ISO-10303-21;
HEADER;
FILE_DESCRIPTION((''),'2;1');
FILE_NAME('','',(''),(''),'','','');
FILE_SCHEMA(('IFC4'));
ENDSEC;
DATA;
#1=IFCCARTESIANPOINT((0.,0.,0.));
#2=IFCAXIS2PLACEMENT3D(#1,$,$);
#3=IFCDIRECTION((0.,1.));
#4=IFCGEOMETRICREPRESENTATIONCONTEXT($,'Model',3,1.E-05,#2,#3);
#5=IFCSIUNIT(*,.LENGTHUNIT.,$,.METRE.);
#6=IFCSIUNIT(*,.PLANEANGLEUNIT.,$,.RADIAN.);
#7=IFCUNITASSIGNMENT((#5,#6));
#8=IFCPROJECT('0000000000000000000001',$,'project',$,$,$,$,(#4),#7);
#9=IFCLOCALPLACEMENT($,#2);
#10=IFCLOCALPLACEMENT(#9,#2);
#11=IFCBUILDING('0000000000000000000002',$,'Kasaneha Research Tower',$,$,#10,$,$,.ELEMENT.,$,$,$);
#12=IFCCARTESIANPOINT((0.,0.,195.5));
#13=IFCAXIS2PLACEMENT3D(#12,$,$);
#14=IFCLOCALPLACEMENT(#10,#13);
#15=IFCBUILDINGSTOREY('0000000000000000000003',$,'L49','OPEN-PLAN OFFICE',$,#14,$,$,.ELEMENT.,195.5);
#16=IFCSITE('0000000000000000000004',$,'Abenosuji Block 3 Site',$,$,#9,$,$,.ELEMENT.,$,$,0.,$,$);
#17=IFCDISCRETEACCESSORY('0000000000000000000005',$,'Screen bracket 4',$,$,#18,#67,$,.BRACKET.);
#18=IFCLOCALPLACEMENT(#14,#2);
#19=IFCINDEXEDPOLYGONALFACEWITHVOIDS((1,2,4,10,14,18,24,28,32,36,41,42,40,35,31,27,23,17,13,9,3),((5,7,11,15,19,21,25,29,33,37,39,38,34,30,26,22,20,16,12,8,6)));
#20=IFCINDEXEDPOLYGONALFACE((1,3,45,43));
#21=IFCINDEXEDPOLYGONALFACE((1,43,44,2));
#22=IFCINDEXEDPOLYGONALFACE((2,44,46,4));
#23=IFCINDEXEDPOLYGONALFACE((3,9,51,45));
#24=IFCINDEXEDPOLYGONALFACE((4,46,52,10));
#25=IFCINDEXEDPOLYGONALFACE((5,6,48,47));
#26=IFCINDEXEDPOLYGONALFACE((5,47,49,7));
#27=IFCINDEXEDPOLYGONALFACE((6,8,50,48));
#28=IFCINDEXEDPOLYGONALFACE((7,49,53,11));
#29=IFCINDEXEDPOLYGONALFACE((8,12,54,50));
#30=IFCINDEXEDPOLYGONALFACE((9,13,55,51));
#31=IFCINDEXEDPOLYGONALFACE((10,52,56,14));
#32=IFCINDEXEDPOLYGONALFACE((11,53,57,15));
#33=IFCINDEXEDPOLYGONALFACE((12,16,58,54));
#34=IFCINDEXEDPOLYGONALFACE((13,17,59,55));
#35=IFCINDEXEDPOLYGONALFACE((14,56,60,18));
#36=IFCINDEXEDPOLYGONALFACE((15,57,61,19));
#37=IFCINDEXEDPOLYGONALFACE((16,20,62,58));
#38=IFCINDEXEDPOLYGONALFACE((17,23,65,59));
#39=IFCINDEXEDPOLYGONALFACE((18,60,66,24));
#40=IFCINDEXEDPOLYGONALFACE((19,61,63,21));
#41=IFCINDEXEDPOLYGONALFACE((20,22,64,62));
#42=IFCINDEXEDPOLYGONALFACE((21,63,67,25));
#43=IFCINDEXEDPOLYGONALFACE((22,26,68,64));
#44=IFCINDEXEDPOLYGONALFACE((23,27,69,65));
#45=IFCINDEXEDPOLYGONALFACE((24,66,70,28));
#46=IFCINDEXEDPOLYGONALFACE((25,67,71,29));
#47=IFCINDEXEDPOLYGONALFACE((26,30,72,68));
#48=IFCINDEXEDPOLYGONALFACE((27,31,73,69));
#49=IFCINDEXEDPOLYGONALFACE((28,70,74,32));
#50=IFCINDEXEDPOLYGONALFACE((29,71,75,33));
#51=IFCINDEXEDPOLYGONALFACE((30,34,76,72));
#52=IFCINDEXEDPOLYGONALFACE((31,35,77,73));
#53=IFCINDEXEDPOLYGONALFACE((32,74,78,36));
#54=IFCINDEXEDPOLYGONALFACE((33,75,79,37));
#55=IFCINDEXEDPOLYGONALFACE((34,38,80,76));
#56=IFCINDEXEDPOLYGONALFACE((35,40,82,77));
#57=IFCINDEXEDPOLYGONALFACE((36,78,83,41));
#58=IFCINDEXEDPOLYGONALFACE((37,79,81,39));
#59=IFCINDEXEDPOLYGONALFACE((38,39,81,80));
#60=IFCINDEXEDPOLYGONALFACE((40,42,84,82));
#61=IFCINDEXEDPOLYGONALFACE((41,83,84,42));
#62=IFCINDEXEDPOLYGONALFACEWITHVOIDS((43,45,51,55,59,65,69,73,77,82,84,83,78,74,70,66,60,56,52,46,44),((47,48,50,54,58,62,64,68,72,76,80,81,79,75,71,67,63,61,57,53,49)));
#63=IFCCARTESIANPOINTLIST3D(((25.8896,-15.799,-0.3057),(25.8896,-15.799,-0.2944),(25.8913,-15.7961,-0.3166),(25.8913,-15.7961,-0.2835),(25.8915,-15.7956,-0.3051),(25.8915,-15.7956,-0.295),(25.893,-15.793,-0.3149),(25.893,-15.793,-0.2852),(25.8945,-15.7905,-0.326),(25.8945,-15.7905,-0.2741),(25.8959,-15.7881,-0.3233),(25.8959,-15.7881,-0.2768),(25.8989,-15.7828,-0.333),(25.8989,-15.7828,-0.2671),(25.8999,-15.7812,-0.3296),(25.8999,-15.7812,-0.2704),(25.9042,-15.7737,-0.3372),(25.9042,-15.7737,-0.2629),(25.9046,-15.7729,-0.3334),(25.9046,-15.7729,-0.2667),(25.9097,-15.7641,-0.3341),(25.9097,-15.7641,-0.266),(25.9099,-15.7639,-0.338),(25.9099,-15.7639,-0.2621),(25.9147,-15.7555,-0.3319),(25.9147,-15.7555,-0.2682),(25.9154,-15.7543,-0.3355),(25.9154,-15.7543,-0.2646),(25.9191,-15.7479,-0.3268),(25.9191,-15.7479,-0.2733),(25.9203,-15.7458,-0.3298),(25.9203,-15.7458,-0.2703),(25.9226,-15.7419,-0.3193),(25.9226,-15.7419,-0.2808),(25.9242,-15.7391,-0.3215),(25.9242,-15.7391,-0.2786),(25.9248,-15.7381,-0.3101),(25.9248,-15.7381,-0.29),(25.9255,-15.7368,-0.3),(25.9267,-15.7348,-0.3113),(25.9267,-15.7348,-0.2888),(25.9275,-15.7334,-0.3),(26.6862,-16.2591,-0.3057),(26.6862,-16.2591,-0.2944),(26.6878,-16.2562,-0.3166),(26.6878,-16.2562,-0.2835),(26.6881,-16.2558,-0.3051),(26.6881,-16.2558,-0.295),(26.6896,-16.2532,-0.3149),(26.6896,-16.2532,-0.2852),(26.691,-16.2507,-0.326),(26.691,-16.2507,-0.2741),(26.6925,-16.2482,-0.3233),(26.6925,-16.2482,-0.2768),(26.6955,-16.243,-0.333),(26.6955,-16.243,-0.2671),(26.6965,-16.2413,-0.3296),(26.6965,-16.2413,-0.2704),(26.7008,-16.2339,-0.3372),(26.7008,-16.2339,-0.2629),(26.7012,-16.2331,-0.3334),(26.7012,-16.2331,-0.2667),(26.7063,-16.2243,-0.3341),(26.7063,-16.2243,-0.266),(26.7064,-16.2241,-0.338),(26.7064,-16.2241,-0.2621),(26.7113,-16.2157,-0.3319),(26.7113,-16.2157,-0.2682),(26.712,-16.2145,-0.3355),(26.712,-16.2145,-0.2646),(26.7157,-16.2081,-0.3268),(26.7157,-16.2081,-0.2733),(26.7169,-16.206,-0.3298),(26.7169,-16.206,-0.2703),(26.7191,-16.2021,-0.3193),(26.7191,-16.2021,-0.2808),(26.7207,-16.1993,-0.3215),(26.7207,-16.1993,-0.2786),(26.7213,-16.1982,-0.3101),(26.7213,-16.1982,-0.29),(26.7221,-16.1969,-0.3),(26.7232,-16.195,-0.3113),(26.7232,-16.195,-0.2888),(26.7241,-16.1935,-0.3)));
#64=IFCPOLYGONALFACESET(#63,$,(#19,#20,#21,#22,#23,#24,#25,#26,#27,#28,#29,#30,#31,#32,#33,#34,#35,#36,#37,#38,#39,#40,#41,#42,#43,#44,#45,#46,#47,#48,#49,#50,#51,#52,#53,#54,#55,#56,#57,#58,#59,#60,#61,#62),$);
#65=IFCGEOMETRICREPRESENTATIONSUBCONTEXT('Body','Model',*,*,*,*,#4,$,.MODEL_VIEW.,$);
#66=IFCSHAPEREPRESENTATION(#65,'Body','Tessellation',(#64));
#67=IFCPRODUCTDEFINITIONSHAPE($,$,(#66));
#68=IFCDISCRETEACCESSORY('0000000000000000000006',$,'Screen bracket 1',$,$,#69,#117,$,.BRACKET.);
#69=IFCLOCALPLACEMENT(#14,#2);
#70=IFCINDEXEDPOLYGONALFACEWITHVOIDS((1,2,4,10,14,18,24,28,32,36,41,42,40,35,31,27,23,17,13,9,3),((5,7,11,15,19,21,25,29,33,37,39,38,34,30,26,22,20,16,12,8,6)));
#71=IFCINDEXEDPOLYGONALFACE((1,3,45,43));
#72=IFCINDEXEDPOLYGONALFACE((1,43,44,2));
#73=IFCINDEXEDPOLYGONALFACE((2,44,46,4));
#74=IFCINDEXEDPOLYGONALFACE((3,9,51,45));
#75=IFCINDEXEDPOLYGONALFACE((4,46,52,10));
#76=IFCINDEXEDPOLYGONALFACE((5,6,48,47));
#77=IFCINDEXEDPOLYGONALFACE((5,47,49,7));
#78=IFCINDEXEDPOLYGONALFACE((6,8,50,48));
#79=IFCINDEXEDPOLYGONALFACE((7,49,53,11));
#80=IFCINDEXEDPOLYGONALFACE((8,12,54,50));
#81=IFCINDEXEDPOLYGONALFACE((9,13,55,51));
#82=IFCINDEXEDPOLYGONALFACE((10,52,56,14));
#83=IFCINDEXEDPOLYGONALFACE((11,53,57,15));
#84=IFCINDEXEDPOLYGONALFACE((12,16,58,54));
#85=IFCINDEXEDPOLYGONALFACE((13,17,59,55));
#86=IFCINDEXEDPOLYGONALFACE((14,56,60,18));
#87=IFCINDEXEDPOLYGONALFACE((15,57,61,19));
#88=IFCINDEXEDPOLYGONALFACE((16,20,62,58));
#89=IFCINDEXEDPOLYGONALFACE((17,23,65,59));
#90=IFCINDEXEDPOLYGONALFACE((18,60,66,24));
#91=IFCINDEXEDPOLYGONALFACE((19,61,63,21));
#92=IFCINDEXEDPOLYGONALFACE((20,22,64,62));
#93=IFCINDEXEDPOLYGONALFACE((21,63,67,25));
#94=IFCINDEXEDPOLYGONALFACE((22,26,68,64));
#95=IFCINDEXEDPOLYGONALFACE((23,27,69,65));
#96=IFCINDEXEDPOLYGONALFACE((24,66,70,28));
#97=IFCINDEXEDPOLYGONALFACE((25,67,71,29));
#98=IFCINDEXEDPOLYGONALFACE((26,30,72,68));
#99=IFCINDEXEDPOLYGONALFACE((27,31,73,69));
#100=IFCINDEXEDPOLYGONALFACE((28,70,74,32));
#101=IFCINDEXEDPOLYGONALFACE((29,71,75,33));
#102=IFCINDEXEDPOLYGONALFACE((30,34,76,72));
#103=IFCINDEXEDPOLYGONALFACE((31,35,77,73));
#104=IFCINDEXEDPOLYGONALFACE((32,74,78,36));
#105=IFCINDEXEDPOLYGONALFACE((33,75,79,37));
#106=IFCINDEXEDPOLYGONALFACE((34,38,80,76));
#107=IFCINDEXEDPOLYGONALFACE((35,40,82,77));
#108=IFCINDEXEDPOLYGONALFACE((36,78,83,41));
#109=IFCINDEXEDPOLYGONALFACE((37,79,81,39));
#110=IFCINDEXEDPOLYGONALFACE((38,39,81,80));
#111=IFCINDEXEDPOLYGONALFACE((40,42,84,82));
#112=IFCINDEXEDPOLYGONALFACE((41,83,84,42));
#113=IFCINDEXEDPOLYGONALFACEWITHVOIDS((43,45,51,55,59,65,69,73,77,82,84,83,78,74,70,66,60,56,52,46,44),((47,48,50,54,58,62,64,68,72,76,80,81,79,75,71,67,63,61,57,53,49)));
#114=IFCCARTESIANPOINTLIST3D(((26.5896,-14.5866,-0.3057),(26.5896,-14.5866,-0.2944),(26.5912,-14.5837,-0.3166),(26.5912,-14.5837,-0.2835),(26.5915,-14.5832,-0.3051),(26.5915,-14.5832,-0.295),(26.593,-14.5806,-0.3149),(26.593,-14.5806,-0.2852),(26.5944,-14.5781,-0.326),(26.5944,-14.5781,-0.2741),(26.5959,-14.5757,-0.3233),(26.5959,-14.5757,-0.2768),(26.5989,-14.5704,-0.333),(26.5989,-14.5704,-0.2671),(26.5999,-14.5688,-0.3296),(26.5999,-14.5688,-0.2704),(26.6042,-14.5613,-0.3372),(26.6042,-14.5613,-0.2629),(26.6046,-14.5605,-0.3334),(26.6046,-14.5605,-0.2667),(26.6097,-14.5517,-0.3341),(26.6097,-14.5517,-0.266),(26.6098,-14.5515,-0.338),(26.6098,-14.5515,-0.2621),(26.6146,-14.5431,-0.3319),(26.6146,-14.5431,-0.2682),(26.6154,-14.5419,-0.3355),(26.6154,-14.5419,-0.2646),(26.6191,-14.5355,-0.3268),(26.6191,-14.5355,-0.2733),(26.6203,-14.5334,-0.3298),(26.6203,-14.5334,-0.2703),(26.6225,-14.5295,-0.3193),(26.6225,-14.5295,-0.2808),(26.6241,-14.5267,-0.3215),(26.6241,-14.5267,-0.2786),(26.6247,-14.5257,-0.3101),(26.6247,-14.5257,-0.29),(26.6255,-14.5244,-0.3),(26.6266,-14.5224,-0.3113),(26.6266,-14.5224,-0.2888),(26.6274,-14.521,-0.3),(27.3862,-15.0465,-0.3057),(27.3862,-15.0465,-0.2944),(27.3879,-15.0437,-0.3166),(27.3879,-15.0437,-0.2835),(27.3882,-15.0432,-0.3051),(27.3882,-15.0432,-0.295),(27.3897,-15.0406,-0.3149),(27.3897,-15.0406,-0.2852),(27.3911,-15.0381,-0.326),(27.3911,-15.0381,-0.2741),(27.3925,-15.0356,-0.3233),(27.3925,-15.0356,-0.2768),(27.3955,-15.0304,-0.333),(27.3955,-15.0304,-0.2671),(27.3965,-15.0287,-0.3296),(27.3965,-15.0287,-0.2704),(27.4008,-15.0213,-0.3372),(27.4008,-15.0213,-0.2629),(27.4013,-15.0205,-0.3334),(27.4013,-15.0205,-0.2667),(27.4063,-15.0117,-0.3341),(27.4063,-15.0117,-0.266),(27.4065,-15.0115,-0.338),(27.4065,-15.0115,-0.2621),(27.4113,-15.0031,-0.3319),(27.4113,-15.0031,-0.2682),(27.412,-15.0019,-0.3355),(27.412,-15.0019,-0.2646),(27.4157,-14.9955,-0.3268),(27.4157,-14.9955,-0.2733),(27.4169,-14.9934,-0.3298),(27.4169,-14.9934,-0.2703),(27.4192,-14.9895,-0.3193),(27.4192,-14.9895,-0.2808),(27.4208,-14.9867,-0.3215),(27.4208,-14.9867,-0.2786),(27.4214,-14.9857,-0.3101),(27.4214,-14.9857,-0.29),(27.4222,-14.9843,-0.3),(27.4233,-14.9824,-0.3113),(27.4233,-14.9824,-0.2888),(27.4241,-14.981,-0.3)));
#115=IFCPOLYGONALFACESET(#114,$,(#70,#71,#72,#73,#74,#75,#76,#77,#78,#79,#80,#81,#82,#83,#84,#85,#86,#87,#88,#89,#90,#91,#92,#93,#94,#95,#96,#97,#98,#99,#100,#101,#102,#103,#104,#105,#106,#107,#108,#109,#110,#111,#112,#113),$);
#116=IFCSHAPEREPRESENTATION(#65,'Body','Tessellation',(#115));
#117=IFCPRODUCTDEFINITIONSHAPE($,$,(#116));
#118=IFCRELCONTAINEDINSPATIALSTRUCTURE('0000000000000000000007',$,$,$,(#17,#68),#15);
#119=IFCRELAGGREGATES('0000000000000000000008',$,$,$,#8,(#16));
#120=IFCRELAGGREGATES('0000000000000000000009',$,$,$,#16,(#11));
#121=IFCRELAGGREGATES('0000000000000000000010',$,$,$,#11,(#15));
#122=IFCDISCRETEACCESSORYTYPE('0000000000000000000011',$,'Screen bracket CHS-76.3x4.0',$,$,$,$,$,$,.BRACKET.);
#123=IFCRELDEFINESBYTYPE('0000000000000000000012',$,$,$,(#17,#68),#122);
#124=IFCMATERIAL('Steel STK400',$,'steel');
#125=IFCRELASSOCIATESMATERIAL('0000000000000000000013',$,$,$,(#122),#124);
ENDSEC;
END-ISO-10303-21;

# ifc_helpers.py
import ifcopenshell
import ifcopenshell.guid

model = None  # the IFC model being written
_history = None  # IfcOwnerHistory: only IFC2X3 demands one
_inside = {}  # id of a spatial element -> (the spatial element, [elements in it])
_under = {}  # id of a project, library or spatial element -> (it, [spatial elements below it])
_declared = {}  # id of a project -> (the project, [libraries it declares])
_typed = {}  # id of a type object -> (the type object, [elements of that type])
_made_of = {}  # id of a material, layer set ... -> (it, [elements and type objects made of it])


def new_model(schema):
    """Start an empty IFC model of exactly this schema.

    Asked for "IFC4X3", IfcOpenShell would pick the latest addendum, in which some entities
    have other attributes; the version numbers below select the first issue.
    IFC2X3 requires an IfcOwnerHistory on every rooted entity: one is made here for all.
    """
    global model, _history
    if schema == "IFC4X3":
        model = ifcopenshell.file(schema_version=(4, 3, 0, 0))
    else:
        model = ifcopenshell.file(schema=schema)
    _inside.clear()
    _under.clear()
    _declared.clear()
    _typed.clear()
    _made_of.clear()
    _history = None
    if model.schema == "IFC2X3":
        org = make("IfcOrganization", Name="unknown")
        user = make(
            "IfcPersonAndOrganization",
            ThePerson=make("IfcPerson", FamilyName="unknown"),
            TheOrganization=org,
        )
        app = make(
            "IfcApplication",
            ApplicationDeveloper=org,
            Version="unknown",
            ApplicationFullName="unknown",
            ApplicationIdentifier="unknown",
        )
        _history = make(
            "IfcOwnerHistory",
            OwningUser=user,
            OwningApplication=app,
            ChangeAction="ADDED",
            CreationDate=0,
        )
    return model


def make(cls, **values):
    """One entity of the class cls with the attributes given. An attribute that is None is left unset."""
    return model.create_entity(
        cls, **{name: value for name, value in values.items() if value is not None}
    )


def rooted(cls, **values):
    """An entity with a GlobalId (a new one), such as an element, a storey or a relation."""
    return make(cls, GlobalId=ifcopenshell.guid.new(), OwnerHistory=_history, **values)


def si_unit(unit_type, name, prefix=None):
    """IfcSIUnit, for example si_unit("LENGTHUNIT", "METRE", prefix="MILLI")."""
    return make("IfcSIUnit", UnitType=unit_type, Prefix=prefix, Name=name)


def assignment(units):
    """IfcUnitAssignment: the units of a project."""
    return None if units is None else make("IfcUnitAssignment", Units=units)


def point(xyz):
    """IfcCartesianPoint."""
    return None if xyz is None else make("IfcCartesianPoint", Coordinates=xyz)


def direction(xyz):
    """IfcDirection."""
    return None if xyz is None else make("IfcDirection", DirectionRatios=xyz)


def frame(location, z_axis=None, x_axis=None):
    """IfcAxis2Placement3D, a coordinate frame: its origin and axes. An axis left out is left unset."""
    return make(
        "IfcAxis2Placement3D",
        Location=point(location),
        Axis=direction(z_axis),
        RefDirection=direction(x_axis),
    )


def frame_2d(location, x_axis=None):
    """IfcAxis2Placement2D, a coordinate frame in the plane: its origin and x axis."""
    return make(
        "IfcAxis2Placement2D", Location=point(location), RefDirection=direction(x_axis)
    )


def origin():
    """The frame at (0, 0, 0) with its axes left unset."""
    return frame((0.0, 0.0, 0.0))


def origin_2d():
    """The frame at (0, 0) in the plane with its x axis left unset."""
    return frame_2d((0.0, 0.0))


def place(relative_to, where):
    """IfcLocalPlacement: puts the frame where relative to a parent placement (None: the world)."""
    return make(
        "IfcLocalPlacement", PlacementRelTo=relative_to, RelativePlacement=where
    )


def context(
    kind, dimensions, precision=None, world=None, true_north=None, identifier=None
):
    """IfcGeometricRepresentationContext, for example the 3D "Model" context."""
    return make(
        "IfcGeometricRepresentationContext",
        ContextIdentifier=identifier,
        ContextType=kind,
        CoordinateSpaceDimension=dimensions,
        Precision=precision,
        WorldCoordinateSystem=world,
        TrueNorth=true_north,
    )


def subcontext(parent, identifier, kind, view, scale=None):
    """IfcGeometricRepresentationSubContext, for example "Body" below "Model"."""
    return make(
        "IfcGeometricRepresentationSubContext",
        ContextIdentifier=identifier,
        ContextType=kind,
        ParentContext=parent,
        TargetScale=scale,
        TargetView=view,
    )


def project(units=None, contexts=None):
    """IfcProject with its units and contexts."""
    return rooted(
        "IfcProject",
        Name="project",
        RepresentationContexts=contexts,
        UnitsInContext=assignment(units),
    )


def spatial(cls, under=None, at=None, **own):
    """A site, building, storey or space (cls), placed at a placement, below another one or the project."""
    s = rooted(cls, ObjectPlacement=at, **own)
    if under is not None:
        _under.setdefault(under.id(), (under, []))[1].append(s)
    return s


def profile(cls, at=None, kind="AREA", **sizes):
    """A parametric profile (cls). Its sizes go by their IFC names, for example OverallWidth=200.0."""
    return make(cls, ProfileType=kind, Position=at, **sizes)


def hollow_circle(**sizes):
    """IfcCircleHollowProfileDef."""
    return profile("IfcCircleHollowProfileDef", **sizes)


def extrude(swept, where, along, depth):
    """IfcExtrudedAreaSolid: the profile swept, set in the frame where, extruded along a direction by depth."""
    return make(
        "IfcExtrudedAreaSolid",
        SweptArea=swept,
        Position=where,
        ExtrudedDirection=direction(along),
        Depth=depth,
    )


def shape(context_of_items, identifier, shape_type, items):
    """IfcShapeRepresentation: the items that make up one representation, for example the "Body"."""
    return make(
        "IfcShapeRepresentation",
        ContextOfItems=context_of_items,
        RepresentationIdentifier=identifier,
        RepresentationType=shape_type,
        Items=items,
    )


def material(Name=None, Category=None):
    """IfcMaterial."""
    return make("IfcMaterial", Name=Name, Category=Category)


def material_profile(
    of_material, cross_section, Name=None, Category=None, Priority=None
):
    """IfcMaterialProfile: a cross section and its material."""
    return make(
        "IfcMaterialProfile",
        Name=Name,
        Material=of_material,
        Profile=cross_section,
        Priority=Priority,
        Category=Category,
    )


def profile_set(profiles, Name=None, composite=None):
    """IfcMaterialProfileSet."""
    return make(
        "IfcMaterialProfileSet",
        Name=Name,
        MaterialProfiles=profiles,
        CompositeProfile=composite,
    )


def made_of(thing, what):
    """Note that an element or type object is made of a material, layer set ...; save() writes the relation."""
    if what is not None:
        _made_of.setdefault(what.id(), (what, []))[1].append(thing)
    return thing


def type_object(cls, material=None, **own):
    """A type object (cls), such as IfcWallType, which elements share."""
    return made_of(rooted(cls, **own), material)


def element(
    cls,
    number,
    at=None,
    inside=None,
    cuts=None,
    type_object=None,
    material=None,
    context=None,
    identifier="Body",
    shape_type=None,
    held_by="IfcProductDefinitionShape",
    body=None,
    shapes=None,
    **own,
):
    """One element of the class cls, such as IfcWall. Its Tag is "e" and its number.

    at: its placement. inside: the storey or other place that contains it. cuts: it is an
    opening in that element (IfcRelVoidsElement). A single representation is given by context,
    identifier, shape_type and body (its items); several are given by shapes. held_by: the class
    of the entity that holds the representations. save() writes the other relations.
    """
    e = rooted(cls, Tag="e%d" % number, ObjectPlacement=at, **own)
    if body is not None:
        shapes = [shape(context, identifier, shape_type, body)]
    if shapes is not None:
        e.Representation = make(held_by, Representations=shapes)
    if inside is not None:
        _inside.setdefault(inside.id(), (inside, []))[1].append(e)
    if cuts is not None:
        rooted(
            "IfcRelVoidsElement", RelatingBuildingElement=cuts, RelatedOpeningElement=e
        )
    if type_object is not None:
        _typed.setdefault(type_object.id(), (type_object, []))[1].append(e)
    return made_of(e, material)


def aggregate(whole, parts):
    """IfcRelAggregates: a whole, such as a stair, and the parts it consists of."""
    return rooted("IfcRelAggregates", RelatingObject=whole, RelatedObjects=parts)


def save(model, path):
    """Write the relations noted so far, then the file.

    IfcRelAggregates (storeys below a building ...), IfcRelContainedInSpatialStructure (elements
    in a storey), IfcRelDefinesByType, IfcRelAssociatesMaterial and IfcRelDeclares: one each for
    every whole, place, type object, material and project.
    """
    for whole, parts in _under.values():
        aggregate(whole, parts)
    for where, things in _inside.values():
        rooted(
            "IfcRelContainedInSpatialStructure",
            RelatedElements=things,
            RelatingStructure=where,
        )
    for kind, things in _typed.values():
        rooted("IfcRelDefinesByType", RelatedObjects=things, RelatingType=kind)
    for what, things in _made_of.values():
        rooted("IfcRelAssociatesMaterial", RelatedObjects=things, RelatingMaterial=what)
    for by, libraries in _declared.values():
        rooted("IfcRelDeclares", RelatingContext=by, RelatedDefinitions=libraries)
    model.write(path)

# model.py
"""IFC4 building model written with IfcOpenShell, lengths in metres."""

from ifc_helpers import new_model, si_unit, direction, frame, origin, origin_2d, place, context, subcontext, project, spatial, hollow_circle, extrude, material, material_profile, profile_set, type_object, element, save


model = new_model("IFC4")

# Units and contexts
model_context = context("Model", 3, precision=1e-05, world=origin(), true_north=direction((0.0, 1.0)))
body_context = subcontext(model_context, "Body", "Model", "MODEL_VIEW")
ifc_project = project(units=[si_unit("LENGTHUNIT", "METRE"), si_unit("PLANEANGLEUNIT", "RADIAN")], contexts=[model_context])

# Site, building, storey
site_placement = place(None, origin())
site = spatial("IfcSite", under=ifc_project, at=site_placement, Name="Abenosuji Block 3 Site", CompositionType="ELEMENT", RefElevation=0.0)
building_placement = place(site_placement, origin())
building = spatial("IfcBuilding", under=site, at=building_placement, Name="Kasaneha Research Tower", CompositionType="ELEMENT")
storey_placement = place(building_placement, frame((0.0, 0.0, 195.5)))
storey = spatial("IfcBuildingStorey", under=building, at=storey_placement, Name="L49", Description="OPEN-PLAN OFFICE", CompositionType="ELEMENT", Elevation=195.5)

# Discrete accessories
ifc_material_1 = material(Name="Steel STK400", Category="steel")
ifc_material_profile_1 = material_profile(ifc_material_1, hollow_circle(Radius=0.0381, WallThickness=0.0039, at=origin_2d()), Name="CHS-76.3x4.0")
ifc_profile_set_1 = profile_set([ifc_material_profile_1], Name="Steel STK400")
discrete_accessory_type = type_object("IfcDiscreteAccessoryType", Name="Screen bracket CHS-76.3x4.0", PredefinedType="BRACKET", material=ifc_profile_set_1)
for number, where, z_axis, x_axis, name in (
    (1, (25.9084, -15.7664, -0.3), (0.865898, -0.50022, 0.0), (0.50022, 0.865898, 0.0), "Screen bracket 4"),
    (2, (26.6084, -14.554, -0.3), (0.866013, -0.500021, 0.0), (0.500021, 0.866013, 0.0), "Screen bracket 1"),
):
    element("IfcDiscreteAccessory", number, at=place(storey_placement, frame(where, z_axis=z_axis, x_axis=x_axis)), inside=storey, type_object=discrete_accessory_type, Name=name, PredefinedType="BRACKET", context=body_context, shape_type="SweptSolid", body=[
        extrude(hollow_circle(Radius=0.0381, WallThickness=0.0039, at=origin_2d()), origin(), (0.0, 0.0, 1.0), 0.9199),
    ])

save(model, "model.ifc")
